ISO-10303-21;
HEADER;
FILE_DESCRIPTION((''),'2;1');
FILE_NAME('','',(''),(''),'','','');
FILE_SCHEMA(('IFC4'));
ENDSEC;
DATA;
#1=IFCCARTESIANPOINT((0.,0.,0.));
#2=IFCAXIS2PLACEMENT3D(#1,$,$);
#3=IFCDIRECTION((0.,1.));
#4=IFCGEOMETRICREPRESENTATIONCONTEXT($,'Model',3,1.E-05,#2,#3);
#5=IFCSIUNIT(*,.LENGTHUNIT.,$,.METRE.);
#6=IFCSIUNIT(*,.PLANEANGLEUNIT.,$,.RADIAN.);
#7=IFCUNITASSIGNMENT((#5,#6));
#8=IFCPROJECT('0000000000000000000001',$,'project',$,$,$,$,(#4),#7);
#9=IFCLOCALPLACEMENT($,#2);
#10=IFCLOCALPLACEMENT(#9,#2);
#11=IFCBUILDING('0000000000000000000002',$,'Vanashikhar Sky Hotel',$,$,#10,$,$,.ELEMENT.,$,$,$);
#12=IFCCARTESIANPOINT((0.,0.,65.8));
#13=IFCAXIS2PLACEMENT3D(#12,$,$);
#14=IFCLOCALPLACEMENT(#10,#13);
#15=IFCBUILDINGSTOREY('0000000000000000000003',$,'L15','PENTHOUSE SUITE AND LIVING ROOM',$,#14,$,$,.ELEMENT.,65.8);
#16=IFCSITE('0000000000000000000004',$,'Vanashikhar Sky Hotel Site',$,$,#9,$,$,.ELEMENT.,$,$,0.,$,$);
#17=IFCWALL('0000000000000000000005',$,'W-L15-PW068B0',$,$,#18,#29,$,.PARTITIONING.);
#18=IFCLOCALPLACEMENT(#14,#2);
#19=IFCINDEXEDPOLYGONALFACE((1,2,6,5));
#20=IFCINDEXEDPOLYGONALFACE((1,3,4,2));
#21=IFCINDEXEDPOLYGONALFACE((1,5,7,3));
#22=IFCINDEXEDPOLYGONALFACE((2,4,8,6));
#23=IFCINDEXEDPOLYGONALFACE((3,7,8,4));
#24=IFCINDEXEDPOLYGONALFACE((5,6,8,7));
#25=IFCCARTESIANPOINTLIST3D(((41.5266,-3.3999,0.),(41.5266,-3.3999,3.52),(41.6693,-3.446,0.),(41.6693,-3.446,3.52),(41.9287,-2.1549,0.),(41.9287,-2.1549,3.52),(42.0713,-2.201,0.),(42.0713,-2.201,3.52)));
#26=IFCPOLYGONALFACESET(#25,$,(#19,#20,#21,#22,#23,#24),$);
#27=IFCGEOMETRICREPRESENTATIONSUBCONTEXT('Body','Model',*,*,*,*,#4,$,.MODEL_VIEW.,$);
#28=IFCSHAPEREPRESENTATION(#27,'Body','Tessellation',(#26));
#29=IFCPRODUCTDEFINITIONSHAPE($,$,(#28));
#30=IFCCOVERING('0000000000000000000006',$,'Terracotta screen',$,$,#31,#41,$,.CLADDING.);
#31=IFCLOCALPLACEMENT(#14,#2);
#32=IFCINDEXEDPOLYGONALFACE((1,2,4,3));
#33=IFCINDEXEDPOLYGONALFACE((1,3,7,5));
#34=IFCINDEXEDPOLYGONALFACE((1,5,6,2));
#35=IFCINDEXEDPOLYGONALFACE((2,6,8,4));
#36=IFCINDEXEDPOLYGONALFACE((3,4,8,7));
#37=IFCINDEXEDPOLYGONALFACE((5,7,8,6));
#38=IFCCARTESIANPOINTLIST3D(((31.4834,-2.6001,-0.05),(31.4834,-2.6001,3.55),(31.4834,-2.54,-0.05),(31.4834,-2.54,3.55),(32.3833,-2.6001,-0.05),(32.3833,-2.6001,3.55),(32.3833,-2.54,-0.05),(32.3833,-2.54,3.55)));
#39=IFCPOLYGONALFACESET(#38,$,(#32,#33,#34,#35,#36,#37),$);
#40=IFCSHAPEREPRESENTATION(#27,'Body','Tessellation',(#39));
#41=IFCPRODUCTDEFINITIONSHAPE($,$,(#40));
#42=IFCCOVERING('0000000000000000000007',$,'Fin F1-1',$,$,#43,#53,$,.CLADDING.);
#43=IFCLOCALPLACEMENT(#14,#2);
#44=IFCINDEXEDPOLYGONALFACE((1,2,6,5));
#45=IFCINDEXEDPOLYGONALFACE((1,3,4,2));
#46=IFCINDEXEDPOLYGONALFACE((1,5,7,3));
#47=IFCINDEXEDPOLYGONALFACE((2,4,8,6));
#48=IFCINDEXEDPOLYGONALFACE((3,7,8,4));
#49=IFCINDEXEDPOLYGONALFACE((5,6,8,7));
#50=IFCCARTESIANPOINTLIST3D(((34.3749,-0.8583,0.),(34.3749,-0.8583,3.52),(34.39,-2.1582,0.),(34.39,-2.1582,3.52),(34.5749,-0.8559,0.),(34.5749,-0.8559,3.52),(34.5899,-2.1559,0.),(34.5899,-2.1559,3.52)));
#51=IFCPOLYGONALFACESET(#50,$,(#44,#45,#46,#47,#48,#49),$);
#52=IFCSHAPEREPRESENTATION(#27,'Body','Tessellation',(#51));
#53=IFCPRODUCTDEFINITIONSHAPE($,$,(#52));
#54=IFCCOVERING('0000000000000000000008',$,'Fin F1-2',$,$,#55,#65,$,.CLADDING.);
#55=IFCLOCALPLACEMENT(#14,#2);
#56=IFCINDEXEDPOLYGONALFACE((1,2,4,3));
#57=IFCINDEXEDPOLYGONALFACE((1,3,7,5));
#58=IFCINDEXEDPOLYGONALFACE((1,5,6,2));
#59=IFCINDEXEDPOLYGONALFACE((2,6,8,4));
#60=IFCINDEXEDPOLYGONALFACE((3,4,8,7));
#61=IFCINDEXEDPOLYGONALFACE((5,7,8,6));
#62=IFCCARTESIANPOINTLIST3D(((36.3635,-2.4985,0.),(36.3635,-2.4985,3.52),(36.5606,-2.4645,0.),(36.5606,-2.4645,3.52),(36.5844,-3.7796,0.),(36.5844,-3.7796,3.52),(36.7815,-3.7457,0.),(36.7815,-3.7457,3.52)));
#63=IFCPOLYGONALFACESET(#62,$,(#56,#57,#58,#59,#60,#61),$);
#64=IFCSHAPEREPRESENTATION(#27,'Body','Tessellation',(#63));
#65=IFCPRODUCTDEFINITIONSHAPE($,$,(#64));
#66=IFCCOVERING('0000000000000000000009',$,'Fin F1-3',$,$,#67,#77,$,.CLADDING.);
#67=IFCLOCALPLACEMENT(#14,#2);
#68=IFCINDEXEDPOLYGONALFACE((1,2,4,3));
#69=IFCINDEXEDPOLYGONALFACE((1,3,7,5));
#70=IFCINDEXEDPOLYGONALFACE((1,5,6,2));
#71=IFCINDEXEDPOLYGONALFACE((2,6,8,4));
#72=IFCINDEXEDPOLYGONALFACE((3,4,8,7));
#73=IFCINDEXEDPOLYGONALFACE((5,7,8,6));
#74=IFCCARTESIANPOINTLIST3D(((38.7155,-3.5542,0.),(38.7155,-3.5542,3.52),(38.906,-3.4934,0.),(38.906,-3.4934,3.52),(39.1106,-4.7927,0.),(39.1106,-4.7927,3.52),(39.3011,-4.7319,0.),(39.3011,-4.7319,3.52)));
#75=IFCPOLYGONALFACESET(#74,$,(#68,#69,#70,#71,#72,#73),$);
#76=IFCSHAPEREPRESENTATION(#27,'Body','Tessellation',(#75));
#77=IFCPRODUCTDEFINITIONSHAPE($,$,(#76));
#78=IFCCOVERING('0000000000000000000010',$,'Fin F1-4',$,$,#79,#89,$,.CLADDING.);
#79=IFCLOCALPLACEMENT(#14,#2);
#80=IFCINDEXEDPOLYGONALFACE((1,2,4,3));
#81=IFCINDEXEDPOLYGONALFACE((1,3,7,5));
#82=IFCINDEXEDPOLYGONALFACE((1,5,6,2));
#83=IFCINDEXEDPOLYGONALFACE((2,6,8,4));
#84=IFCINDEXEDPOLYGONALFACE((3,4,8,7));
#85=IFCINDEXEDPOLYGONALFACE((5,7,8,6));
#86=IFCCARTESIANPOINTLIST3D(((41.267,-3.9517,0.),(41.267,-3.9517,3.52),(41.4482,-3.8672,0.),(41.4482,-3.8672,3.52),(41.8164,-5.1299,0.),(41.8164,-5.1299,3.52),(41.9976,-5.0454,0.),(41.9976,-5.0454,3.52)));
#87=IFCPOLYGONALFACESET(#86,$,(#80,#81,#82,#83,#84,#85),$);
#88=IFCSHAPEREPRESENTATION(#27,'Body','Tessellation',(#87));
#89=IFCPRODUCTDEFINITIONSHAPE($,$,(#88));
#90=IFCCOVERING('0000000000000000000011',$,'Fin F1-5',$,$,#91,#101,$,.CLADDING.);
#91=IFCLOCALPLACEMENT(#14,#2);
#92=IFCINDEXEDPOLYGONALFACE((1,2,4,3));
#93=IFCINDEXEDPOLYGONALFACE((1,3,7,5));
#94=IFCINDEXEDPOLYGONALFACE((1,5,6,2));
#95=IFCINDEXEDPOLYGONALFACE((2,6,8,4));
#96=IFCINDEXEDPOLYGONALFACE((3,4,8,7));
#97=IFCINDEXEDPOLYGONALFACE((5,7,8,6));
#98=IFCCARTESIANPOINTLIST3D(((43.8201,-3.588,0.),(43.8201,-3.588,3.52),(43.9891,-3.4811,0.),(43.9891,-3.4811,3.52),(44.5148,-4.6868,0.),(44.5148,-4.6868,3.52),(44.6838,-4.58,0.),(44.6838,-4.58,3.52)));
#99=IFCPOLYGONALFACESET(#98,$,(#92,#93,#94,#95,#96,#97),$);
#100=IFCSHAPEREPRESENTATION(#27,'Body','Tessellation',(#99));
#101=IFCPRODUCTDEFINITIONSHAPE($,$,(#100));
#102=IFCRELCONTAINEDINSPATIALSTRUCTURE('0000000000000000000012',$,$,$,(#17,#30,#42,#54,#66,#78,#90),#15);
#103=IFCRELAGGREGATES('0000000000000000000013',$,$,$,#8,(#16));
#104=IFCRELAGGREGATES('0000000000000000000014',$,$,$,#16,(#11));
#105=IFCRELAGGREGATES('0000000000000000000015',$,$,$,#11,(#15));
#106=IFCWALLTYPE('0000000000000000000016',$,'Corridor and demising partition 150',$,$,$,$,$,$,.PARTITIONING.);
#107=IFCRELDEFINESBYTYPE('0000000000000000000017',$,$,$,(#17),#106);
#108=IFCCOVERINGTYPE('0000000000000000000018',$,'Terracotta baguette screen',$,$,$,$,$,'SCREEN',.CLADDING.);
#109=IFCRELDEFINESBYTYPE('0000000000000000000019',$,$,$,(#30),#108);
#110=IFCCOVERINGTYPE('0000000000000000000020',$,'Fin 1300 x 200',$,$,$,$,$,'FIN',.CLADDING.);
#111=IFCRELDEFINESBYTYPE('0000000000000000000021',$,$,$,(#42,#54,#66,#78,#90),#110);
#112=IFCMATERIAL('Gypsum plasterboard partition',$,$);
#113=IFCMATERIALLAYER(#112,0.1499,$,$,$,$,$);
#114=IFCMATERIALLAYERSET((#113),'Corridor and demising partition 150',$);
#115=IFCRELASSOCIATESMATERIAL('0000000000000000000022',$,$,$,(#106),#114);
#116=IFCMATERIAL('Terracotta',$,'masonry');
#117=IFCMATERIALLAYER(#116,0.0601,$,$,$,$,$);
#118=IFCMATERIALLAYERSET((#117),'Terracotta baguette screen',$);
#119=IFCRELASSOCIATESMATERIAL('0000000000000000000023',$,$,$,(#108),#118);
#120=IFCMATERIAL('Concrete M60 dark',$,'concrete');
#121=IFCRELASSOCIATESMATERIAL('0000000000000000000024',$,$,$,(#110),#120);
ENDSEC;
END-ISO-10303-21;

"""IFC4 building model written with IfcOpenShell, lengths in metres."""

from ifc_helpers import new_model, si_unit, direction, frame, frame_2d, origin, origin_2d, place, context, subcontext, project, spatial, rectangle, extrude, source, transform, mapped, material, layer, layer_set, material_profile, profile_set, type_object, element, save


model = new_model("IFC4")

# Units and contexts
model_context = context("Model", 3, precision=1e-05, world=origin(), true_north=direction((0.0, 1.0)))
body_context = subcontext(model_context, "Body", "Model", "MODEL_VIEW")
ifc_project = project(units=[si_unit("LENGTHUNIT", "METRE"), si_unit("PLANEANGLEUNIT", "RADIAN")], contexts=[model_context])

# Site, building, storey
site_placement = place(None, origin())
site = spatial("IfcSite", under=ifc_project, at=site_placement, Name="Vanashikhar Sky Hotel Site", CompositionType="ELEMENT", RefElevation=0.0)
building_placement = place(site_placement, origin())
building = spatial("IfcBuilding", under=site, at=building_placement, Name="Vanashikhar Sky Hotel", CompositionType="ELEMENT")
storey_placement = place(building_placement, frame((0.0, 0.0, 65.8)))
storey = spatial("IfcBuildingStorey", under=building, at=storey_placement, Name="L15", Description="PENTHOUSE SUITE AND LIVING ROOM", CompositionType="ELEMENT", Elevation=65.8)

# Wall
ifc_material_1 = material(Name="Gypsum plasterboard partition")
ifc_layer_1 = layer(ifc_material_1, 0.1499)
ifc_layer_set_1 = layer_set([ifc_layer_1], Name="Corridor and demising partition 150")
wall_type_1 = type_object("IfcWallType", Name="Corridor and demising partition 150", PredefinedType="PARTITIONING", material=ifc_layer_set_1)
shared_shape_1 = source(origin(), body_context, "Body", "SweptSolid", [
    extrude(rectangle(XDim=1.3083, YDim=0.1499, at=frame_2d((0.6543, 0.0))), origin(), (0.0, 0.0, 1.0), 3.52),
])
wall_1_placement = place(storey_placement, frame((41.5979, -3.4231, 0.0), z_axis=(0.0, 0.0, 1.0), x_axis=(0.307314, 0.951608, 0.0)))
element("IfcWall", 1, at=wall_1_placement, inside=storey, type_object=wall_type_1, Name="W-L15-PW068B0", PredefinedType="PARTITIONING", context=body_context, shape_type="MappedRepresentation", body=[
    mapped(shared_shape_1, transform((0.0, 0.0, 0.0), scale=1.0)),
])

# Coverings
ifc_material_2 = material(Name="Terracotta", Category="masonry")
ifc_layer_2 = layer(ifc_material_2, 0.0601)
ifc_layer_set_2 = layer_set([ifc_layer_2], Name="Terracotta baguette screen")
covering_type_1 = type_object("IfcCoveringType", Name="Terracotta baguette screen", ElementType="SCREEN", PredefinedType="CLADDING", material=ifc_layer_set_2)
shared_shape_2 = source(origin(), body_context, "Body", "SweptSolid", [
    extrude(rectangle(XDim=0.8999, YDim=0.0601, at=origin_2d()), origin(), (0.0, 0.0, 1.0), 3.6001),
])
covering_placement = place(storey_placement, frame((31.9333, -2.5701, -0.05), z_axis=(0.0, 0.0, 1.0), x_axis=(1.0, 0.0, 0.0)))
element("IfcCovering", 2, at=covering_placement, inside=storey, type_object=covering_type_1, Name="Terracotta screen", PredefinedType="CLADDING", context=body_context, shape_type="MappedRepresentation", body=[
    mapped(shared_shape_2, transform((0.0, 0.0, 0.0), scale=1.0)),
])
ifc_material_3 = material(Name="Concrete M60 dark", Category="concrete")
ifc_material_profile = material_profile(ifc_material_3, rectangle(XDim=1.3, YDim=0.2, at=origin_2d()))
ifc_profile_set = profile_set([ifc_material_profile], Name="Fin 1300 x 200")
covering_type_2 = type_object("IfcCoveringType", Name="Fin 1300 x 200", ElementType="FIN", PredefinedType="CLADDING", material=ifc_profile_set)
shared_shape_3 = source(origin(), body_context, "Body", "SweptSolid", [
    extrude(rectangle(XDim=1.3, YDim=0.2, at=origin_2d()), origin(), (0.0, 0.0, 1.0), 3.52),
])
for number, where, z_axis, x_axis, name in (
    (3, (34.4824, -1.5071, 0.0), (0.0, 0.0, 1.0), (0.011589, -0.999933, 0.0), "Fin F1-1"),
    (4, (36.5725, -3.1221, 0.0), (0.0, 0.0, 1.0), (0.1699, -0.985461, 0.0), "Fin F1-2"),
    (5, (39.0083, -4.1431, 0.0), (0.0, 0.0, 1.0), (0.303967, -0.952683, 0.0), "Fin F1-3"),
    (6, (41.6323, -4.4985, 0.0), (0.0, 0.0, 1.0), (0.422618, -0.906308, 0.0), "Fin F1-4"),
    (7, (44.252, -4.084, 0.0), (0.0, 0.0, 1.0), (0.534411, -0.845225, 0.0), "Fin F1-5"),
):
    element("IfcCovering", number, at=place(storey_placement, frame(where, z_axis=z_axis, x_axis=x_axis)), inside=storey, type_object=covering_type_2, Name=name, PredefinedType="CLADDING", context=body_context, shape_type="MappedRepresentation", body=[
        mapped(shared_shape_3, transform((0.0, 0.0, 0.0), scale=1.0)),
    ])

save(model, "model.ifc")
